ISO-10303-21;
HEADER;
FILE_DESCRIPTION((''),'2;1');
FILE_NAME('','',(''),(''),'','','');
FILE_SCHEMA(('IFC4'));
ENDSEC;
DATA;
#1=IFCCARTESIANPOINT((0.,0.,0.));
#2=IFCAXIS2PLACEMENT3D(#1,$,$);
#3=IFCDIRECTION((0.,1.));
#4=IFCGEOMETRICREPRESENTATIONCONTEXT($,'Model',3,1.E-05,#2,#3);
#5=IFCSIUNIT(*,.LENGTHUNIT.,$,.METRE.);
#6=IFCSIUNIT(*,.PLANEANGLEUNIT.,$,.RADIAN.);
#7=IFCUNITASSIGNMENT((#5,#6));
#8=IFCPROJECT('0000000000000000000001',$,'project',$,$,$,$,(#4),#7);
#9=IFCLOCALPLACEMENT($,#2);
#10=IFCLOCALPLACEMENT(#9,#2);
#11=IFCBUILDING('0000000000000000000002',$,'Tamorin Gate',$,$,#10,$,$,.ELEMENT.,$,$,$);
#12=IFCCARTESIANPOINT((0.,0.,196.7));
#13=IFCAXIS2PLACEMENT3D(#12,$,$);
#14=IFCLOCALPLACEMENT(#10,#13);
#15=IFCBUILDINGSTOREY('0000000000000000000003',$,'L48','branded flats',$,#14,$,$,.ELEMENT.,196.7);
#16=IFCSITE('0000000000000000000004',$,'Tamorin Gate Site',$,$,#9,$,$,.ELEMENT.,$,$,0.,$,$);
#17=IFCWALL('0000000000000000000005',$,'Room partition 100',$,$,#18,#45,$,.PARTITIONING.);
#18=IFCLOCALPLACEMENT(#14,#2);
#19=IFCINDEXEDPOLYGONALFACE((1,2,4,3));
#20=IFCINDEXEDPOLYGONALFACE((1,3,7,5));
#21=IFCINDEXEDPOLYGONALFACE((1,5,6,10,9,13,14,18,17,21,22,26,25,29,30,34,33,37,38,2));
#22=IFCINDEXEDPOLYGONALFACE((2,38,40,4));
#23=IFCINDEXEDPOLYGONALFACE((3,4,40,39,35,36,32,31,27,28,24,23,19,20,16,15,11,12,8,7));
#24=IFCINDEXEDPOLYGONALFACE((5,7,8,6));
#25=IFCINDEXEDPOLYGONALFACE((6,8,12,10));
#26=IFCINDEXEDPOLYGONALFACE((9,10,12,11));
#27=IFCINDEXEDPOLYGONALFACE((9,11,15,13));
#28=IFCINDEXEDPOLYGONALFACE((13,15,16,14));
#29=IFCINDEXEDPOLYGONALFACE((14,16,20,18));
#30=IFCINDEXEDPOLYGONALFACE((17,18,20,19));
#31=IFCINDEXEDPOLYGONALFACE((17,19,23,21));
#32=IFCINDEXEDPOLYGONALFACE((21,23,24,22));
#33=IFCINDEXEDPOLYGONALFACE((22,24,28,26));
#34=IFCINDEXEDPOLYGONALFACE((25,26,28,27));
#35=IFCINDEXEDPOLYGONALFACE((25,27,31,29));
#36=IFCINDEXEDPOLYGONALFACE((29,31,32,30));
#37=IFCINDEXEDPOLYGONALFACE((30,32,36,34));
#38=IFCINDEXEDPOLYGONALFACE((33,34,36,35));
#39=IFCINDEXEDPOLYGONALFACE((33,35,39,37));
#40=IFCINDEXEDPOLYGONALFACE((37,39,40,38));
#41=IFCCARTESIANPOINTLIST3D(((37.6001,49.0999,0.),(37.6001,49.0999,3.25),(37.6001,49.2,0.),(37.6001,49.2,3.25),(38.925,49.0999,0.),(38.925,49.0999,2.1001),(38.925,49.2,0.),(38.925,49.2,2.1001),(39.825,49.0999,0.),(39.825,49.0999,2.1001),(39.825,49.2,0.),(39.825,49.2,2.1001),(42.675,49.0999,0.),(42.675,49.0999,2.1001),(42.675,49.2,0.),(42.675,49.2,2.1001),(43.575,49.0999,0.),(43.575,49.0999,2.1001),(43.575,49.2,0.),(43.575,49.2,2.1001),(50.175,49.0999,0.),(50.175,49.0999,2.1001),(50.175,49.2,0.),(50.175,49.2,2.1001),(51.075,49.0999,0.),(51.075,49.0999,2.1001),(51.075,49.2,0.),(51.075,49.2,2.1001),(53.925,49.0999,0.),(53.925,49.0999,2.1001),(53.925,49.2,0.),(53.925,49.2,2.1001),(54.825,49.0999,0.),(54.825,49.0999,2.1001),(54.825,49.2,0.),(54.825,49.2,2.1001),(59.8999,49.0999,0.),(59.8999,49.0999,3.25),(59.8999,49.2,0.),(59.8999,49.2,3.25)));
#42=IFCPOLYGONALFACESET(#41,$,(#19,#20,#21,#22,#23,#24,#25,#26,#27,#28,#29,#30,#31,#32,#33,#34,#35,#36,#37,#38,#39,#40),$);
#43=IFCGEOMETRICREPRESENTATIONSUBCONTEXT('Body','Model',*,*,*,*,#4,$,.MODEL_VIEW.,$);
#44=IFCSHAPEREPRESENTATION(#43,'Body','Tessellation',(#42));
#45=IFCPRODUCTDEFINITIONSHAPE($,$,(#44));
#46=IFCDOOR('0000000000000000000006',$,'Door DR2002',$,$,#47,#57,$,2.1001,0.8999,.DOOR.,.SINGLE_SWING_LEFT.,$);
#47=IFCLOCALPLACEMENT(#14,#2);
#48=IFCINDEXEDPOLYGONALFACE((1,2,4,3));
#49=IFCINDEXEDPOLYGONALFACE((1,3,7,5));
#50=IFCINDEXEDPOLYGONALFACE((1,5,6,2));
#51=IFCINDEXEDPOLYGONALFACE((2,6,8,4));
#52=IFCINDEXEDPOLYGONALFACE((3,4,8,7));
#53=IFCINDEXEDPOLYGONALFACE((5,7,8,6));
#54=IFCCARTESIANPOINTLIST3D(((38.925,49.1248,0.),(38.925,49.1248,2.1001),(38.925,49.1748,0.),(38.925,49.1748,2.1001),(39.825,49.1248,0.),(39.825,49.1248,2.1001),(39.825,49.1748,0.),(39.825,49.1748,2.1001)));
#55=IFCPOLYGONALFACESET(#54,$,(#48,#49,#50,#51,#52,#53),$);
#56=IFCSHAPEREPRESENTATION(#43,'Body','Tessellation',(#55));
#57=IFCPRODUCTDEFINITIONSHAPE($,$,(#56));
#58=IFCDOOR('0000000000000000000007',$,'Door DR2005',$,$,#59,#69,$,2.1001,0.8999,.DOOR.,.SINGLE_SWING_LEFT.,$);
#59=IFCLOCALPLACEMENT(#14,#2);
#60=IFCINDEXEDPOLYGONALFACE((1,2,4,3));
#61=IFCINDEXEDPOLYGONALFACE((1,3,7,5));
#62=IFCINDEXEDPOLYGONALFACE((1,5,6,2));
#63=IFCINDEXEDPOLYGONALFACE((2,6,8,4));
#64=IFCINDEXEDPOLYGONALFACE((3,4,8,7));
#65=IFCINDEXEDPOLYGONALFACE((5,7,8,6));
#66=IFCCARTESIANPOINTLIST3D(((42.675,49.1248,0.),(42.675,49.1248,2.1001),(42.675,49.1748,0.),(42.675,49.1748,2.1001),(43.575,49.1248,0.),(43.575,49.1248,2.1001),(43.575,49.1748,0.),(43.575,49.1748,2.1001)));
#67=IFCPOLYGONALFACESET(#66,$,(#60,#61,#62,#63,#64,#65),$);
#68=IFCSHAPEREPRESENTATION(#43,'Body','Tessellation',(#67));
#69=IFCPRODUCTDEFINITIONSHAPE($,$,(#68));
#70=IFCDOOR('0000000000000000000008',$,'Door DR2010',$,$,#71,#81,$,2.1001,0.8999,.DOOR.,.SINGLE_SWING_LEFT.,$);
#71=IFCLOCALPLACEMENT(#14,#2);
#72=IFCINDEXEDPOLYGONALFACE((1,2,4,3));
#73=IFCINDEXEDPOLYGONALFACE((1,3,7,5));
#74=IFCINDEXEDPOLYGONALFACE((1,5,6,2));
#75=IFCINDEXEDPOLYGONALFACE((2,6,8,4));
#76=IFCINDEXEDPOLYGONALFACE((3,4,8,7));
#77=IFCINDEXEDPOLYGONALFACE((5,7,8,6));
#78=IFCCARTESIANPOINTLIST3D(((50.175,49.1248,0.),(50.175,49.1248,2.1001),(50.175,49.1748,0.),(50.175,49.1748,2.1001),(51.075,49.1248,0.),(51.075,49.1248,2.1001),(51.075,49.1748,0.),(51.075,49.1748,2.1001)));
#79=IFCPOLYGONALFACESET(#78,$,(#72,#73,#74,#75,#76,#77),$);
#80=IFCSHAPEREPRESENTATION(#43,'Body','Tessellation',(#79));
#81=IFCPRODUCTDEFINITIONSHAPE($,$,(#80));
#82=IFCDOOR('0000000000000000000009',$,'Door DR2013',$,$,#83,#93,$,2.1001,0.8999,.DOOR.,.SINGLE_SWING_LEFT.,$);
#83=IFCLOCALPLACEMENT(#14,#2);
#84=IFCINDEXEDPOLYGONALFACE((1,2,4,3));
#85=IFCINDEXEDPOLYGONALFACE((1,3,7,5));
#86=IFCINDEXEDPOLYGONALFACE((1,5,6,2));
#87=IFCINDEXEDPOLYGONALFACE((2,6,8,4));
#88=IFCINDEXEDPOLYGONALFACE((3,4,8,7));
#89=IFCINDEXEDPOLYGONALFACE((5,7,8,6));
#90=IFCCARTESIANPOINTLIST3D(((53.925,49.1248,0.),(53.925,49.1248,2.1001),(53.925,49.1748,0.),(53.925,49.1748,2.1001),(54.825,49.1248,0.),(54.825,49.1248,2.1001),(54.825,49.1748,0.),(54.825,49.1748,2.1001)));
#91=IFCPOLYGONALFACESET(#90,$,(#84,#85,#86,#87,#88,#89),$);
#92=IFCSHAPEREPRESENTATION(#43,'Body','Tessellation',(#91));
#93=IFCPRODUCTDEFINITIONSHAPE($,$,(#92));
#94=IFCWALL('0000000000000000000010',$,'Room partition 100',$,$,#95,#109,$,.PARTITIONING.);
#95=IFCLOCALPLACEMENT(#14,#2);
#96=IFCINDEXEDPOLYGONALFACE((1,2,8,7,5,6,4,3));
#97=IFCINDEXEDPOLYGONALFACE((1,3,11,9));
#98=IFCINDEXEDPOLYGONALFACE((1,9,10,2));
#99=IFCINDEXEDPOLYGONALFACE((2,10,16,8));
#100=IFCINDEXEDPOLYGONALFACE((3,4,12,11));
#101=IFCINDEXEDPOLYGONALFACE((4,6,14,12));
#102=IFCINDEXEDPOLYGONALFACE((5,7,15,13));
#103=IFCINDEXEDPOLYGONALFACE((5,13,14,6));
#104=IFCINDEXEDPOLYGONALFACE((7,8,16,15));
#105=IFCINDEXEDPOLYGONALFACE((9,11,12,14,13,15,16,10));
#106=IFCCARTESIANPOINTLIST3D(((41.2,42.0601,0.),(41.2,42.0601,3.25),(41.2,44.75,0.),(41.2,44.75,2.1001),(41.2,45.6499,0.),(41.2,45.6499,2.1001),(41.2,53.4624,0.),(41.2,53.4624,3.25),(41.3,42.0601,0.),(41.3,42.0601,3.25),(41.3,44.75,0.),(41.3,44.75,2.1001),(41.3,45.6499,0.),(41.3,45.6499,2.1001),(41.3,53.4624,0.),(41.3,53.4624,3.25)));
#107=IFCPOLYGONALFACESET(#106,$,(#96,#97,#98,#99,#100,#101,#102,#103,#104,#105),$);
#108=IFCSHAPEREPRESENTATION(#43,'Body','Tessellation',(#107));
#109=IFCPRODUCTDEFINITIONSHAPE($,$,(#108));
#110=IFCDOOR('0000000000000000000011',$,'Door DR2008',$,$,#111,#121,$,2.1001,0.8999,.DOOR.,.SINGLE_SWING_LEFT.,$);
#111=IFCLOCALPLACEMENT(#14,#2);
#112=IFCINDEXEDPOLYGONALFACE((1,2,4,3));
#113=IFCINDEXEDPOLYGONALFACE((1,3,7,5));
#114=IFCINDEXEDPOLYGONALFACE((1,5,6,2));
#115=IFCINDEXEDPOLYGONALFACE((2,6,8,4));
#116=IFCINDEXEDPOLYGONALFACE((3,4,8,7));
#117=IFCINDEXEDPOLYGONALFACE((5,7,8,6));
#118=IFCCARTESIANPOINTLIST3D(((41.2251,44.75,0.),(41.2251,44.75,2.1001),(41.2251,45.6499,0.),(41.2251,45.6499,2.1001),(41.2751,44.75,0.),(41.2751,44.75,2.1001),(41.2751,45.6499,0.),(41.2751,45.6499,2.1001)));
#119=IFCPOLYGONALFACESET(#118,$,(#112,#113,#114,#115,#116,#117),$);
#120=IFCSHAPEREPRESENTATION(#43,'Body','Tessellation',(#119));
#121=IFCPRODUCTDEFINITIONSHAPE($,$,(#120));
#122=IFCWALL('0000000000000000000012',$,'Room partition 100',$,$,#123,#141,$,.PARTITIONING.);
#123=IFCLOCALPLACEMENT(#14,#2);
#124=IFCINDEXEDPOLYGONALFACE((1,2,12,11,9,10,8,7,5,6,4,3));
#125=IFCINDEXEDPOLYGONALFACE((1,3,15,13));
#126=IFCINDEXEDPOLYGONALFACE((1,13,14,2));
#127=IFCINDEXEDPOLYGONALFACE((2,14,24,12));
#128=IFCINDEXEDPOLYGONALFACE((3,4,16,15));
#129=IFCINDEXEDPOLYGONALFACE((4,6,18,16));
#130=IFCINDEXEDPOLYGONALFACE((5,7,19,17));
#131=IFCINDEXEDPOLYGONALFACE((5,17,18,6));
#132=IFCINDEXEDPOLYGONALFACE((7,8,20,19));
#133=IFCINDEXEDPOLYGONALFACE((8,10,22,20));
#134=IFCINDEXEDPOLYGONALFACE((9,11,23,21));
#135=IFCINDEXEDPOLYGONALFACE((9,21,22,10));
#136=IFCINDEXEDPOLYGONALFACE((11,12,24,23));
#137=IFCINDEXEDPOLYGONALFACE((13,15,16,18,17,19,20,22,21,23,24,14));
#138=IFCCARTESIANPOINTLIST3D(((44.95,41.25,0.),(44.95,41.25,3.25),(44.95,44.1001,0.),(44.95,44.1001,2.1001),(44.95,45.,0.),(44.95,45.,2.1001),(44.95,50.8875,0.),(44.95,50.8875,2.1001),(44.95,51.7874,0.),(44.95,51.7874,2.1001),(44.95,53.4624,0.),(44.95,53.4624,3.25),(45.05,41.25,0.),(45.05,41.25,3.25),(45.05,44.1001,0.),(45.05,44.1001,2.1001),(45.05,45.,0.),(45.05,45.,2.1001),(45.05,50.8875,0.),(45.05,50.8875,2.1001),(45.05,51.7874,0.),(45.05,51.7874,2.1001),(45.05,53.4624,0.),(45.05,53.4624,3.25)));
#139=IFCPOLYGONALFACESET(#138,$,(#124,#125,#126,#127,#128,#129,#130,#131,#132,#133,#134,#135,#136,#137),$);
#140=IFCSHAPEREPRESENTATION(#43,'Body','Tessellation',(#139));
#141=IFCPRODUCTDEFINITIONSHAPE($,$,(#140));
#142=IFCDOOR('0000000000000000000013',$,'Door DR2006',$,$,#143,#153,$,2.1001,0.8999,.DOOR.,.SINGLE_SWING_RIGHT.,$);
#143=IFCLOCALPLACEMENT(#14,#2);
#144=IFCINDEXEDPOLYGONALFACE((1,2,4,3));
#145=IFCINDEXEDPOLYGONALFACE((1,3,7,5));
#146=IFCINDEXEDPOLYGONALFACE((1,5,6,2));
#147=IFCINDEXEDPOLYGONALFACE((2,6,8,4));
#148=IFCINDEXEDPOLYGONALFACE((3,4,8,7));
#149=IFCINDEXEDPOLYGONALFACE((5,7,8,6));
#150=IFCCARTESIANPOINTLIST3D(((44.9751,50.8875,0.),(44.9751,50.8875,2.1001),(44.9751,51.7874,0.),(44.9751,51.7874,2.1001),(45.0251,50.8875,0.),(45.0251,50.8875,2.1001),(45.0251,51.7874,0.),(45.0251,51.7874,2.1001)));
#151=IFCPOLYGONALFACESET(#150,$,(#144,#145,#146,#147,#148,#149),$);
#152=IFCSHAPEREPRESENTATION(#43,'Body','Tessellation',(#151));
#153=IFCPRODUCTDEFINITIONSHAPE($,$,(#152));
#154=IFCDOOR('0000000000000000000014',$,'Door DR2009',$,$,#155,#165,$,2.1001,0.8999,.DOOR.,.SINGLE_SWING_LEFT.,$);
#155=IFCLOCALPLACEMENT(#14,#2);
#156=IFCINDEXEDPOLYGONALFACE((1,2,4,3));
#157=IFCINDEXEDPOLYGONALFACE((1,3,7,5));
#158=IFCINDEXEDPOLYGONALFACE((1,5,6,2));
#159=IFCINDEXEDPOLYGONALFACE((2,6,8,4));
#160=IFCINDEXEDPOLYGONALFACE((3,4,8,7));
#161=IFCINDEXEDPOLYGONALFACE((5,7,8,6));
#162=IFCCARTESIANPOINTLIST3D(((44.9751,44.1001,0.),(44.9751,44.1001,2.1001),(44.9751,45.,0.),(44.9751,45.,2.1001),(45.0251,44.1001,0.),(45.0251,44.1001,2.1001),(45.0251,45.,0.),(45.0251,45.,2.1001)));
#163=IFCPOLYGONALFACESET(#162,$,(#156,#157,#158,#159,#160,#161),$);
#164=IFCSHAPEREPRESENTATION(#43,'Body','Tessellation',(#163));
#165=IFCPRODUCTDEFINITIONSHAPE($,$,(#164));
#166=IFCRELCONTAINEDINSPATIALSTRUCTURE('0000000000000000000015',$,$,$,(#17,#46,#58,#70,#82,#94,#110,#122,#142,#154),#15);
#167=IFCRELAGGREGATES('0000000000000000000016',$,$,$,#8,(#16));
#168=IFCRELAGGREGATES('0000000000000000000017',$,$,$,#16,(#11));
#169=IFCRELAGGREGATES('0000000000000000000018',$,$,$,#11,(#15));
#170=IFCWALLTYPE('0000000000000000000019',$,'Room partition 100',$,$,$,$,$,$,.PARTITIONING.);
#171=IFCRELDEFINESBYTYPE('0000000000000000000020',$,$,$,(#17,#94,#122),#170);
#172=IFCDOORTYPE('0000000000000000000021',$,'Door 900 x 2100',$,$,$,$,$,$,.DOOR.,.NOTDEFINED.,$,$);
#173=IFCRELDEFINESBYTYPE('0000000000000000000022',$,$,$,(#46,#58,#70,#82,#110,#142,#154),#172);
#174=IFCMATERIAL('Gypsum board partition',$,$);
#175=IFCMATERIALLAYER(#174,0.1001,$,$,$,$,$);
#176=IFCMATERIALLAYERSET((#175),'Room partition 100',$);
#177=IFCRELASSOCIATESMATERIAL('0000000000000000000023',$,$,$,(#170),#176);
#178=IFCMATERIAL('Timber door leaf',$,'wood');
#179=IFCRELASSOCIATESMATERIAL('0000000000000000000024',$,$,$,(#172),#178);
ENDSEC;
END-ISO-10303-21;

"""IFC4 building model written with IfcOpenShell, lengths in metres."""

from ifc_helpers import new_model, si_unit, direction, frame, frame_2d, origin, place, context, subcontext, project, spatial, rectangle, extrude, material, layer, layer_set, type_object, element, fill, save


model = new_model("IFC4")

# Units and contexts
model_context = context("Model", 3, precision=1e-05, world=origin(), true_north=direction((0.0, 1.0)))
body_context = subcontext(model_context, "Body", "Model", "MODEL_VIEW")
ifc_project = project(units=[si_unit("LENGTHUNIT", "METRE"), si_unit("PLANEANGLEUNIT", "RADIAN")], contexts=[model_context])

# Site, building, storey
site_placement = place(None, origin())
site = spatial("IfcSite", under=ifc_project, at=site_placement, Name="Tamorin Gate Site", CompositionType="ELEMENT", RefElevation=0.0)
building_placement = place(site_placement, origin())
building = spatial("IfcBuilding", under=site, at=building_placement, Name="Tamorin Gate", CompositionType="ELEMENT")
storey_placement = place(building_placement, frame((0.0, 0.0, 196.7)))
storey = spatial("IfcBuildingStorey", under=building, at=storey_placement, Name="L48", Description="branded flats", CompositionType="ELEMENT", Elevation=196.7)

# Shared definitions
ifc_material_1 = material(Name="Gypsum board partition")

# Wall, openings, doors
ifc_layer_1 = layer(ifc_material_1, 0.1001)
ifc_layer_set_1 = layer_set([ifc_layer_1], Name="Room partition 100")
wall_type_1 = type_object("IfcWallType", Name="Room partition 100", PredefinedType="PARTITIONING", material=ifc_layer_set_1)
wall_1_placement = place(storey_placement, frame((37.6001, 49.1499, 0.0), z_axis=(0.0, 0.0, 1.0), x_axis=(1.0, 0.0, 0.0)))
wall_1 = element("IfcWall", 1, at=wall_1_placement, inside=storey, type_object=wall_type_1, Name="Room partition 100", PredefinedType="PARTITIONING", context=body_context, shape_type="SweptSolid", body=[
    extrude(rectangle(XDim=22.2998, YDim=0.1001, at=frame_2d((11.1499, 0.0))), origin(), (0.0, 0.0, 1.0), 3.25),
])
opening_1_placement = place(wall_1_placement, frame((1.325, 0.0, 0.0)))
opening_1 = element("IfcOpeningElement", 2, at=opening_1_placement, cuts=wall_1, PredefinedType="OPENING", context=body_context, shape_type="SweptSolid", body=[
    extrude(rectangle(XDim=0.8999, YDim=2.1001, at=frame_2d((0.45, 1.05))), frame((0.0, 0.0601, 0.0), z_axis=(0.0, -1.0, 0.0), x_axis=(1.0, 0.0, 0.0)), (0.0, 0.0, 1.0), 0.1201),
])
opening_2_placement = place(wall_1_placement, frame((5.075, 0.0, 0.0)))
opening_2 = element("IfcOpeningElement", 3, at=opening_2_placement, cuts=wall_1, PredefinedType="OPENING", context=body_context, shape_type="SweptSolid", body=[
    extrude(rectangle(XDim=0.8999, YDim=2.1001, at=frame_2d((0.45, 1.05))), frame((0.0, 0.0601, 0.0), z_axis=(0.0, -1.0, 0.0), x_axis=(1.0, 0.0, 0.0)), (0.0, 0.0, 1.0), 0.1201),
])
opening_3_placement = place(wall_1_placement, frame((12.575, 0.0, 0.0)))
opening_3 = element("IfcOpeningElement", 4, at=opening_3_placement, cuts=wall_1, PredefinedType="OPENING", context=body_context, shape_type="SweptSolid", body=[
    extrude(rectangle(XDim=0.8999, YDim=2.1001, at=frame_2d((0.45, 1.05))), frame((0.0, 0.0601, 0.0), z_axis=(0.0, -1.0, 0.0), x_axis=(1.0, 0.0, 0.0)), (0.0, 0.0, 1.0), 0.1201),
])
opening_4_placement = place(wall_1_placement, frame((16.325, 0.0, 0.0)))
opening_4 = element("IfcOpeningElement", 5, at=opening_4_placement, cuts=wall_1, PredefinedType="OPENING", context=body_context, shape_type="SweptSolid", body=[
    extrude(rectangle(XDim=0.8999, YDim=2.1001, at=frame_2d((0.45, 1.05))), frame((0.0, 0.0601, 0.0), z_axis=(0.0, -1.0, 0.0), x_axis=(1.0, 0.0, 0.0)), (0.0, 0.0, 1.0), 0.1201),
])
ifc_material_2 = material(Name="Timber door leaf", Category="wood")
door_type = type_object("IfcDoorType", Name="Door 900 x 2100", OperationType="NOTDEFINED", PredefinedType="DOOR", material=ifc_material_2)
door_1_placement = place(opening_1_placement, origin())
door_1 = element("IfcDoor", 6, at=door_1_placement, inside=storey, type_object=door_type, Name="Door DR2002", OperationType="SINGLE_SWING_LEFT", OverallHeight=2.1001, OverallWidth=0.8999, PredefinedType="DOOR", context=body_context, shape_type="SweptSolid", body=[
    extrude(rectangle(XDim=0.8999, YDim=2.1001, at=frame_2d((0.45, 1.05))), frame((0.0, 0.0249, 0.0), z_axis=(0.0, -1.0, 0.0), x_axis=(1.0, 0.0, 0.0)), (0.0, 0.0, 1.0), 0.05),
])
fill(opening_1, door_1)
door_2_placement = place(opening_2_placement, origin())
door_2 = element("IfcDoor", 7, at=door_2_placement, inside=storey, type_object=door_type, Name="Door DR2005", OperationType="SINGLE_SWING_LEFT", OverallHeight=2.1001, OverallWidth=0.8999, PredefinedType="DOOR", context=body_context, shape_type="SweptSolid", body=[
    extrude(rectangle(XDim=0.8999, YDim=2.1001, at=frame_2d((0.45, 1.05))), frame((0.0, 0.0249, 0.0), z_axis=(0.0, -1.0, 0.0), x_axis=(1.0, 0.0, 0.0)), (0.0, 0.0, 1.0), 0.05),
])
fill(opening_2, door_2)
door_3_placement = place(opening_3_placement, origin())
door_3 = element("IfcDoor", 8, at=door_3_placement, inside=storey, type_object=door_type, Name="Door DR2010", OperationType="SINGLE_SWING_LEFT", OverallHeight=2.1001, OverallWidth=0.8999, PredefinedType="DOOR", context=body_context, shape_type="SweptSolid", body=[
    extrude(rectangle(XDim=0.8999, YDim=2.1001, at=frame_2d((0.45, 1.05))), frame((0.0, 0.0249, 0.0), z_axis=(0.0, -1.0, 0.0), x_axis=(1.0, 0.0, 0.0)), (0.0, 0.0, 1.0), 0.05),
])
fill(opening_3, door_3)
door_4_placement = place(opening_4_placement, origin())
door_4 = element("IfcDoor", 9, at=door_4_placement, inside=storey, type_object=door_type, Name="Door DR2013", OperationType="SINGLE_SWING_LEFT", OverallHeight=2.1001, OverallWidth=0.8999, PredefinedType="DOOR", context=body_context, shape_type="SweptSolid", body=[
    extrude(rectangle(XDim=0.8999, YDim=2.1001, at=frame_2d((0.45, 1.05))), frame((0.0, 0.0249, 0.0), z_axis=(0.0, -1.0, 0.0), x_axis=(1.0, 0.0, 0.0)), (0.0, 0.0, 1.0), 0.05),
])
fill(opening_4, door_4)

# Wall, opening, door
wall_2_placement = place(storey_placement, frame((41.25, 42.0601, 0.0), z_axis=(0.0, 0.0, 1.0), x_axis=(0.0, 1.0, 0.0)))
wall_2 = element("IfcWall", 10, at=wall_2_placement, inside=storey, type_object=wall_type_1, Name="Room partition 100", PredefinedType="PARTITIONING", context=body_context, shape_type="SweptSolid", body=[
    extrude(rectangle(XDim=11.4023, YDim=0.1001, at=frame_2d((5.7012, 0.0))), origin(), (0.0, 0.0, 1.0), 3.25),
])
opening_5_placement = place(wall_2_placement, frame((2.6899, 0.0, 0.0)))
opening_5 = element("IfcOpeningElement", 11, at=opening_5_placement, cuts=wall_2, PredefinedType="OPENING", context=body_context, shape_type="SweptSolid", body=[
    extrude(rectangle(XDim=0.8999, YDim=2.1001, at=frame_2d((0.45, 1.05))), frame((0.0, 0.0601, 0.0), z_axis=(0.0, -1.0, 0.0), x_axis=(1.0, 0.0, 0.0)), (0.0, 0.0, 1.0), 0.1201),
])
door_5_placement = place(opening_5_placement, origin())
door_5 = element("IfcDoor", 12, at=door_5_placement, inside=storey, type_object=door_type, Name="Door DR2008", OperationType="SINGLE_SWING_LEFT", OverallHeight=2.1001, OverallWidth=0.8999, PredefinedType="DOOR", context=body_context, shape_type="SweptSolid", body=[
    extrude(rectangle(XDim=0.8999, YDim=2.1001, at=frame_2d((0.45, 1.05))), frame((0.0, 0.0249, 0.0), z_axis=(0.0, -1.0, 0.0), x_axis=(1.0, 0.0, 0.0)), (0.0, 0.0, 1.0), 0.05),
])
fill(opening_5, door_5)

# Wall, openings, doors
wall_3_placement = place(storey_placement, frame((45.0, 41.25, 0.0), z_axis=(0.0, 0.0, 1.0), x_axis=(0.0, 1.0, 0.0)))
wall_3 = element("IfcWall", 13, at=wall_3_placement, inside=storey, type_object=wall_type_1, Name="Room partition 100", PredefinedType="PARTITIONING", context=body_context, shape_type="SweptSolid", body=[
    extrude(rectangle(XDim=12.2124, YDim=0.1001, at=frame_2d((6.1062, 0.0))), origin(), (0.0, 0.0, 1.0), 3.25),
])
opening_6_placement = place(wall_3_placement, frame((9.6375, 0.0, 0.0)))
opening_6 = element("IfcOpeningElement", 14, at=opening_6_placement, cuts=wall_3, PredefinedType="OPENING", context=body_context, shape_type="SweptSolid", body=[
    extrude(rectangle(XDim=0.8999, YDim=2.1001, at=frame_2d((0.45, 1.05))), frame((0.0, 0.0601, 0.0), z_axis=(0.0, -1.0, 0.0), x_axis=(1.0, 0.0, 0.0)), (0.0, 0.0, 1.0), 0.1201),
])
opening_7_placement = place(wall_3_placement, frame((2.8501, 0.0, 0.0)))
opening_7 = element("IfcOpeningElement", 15, at=opening_7_placement, cuts=wall_3, PredefinedType="OPENING", context=body_context, shape_type="SweptSolid", body=[
    extrude(rectangle(XDim=0.8999, YDim=2.1001, at=frame_2d((0.45, 1.05))), frame((0.0, 0.0601, 0.0), z_axis=(0.0, -1.0, 0.0), x_axis=(1.0, 0.0, 0.0)), (0.0, 0.0, 1.0), 0.1201),
])
door_6_placement = place(opening_6_placement, origin())
door_6 = element("IfcDoor", 16, at=door_6_placement, inside=storey, type_object=door_type, Name="Door DR2006", OperationType="SINGLE_SWING_RIGHT", OverallHeight=2.1001, OverallWidth=0.8999, PredefinedType="DOOR", context=body_context, shape_type="SweptSolid", body=[
    extrude(rectangle(XDim=0.8999, YDim=2.1001, at=frame_2d((0.45, 1.05))), frame((0.0, 0.0249, 0.0), z_axis=(0.0, -1.0, 0.0), x_axis=(1.0, 0.0, 0.0)), (0.0, 0.0, 1.0), 0.05),
])
fill(opening_6, door_6)
door_7_placement = place(opening_7_placement, origin())
door_7 = element("IfcDoor", 17, at=door_7_placement, inside=storey, type_object=door_type, Name="Door DR2009", OperationType="SINGLE_SWING_LEFT", OverallHeight=2.1001, OverallWidth=0.8999, PredefinedType="DOOR", context=body_context, shape_type="SweptSolid", body=[
    extrude(rectangle(XDim=0.8999, YDim=2.1001, at=frame_2d((0.45, 1.05))), frame((0.0, 0.0249, 0.0), z_axis=(0.0, -1.0, 0.0), x_axis=(1.0, 0.0, 0.0)), (0.0, 0.0, 1.0), 0.05),
])
fill(opening_7, door_7)

save(model, "model.ifc")
